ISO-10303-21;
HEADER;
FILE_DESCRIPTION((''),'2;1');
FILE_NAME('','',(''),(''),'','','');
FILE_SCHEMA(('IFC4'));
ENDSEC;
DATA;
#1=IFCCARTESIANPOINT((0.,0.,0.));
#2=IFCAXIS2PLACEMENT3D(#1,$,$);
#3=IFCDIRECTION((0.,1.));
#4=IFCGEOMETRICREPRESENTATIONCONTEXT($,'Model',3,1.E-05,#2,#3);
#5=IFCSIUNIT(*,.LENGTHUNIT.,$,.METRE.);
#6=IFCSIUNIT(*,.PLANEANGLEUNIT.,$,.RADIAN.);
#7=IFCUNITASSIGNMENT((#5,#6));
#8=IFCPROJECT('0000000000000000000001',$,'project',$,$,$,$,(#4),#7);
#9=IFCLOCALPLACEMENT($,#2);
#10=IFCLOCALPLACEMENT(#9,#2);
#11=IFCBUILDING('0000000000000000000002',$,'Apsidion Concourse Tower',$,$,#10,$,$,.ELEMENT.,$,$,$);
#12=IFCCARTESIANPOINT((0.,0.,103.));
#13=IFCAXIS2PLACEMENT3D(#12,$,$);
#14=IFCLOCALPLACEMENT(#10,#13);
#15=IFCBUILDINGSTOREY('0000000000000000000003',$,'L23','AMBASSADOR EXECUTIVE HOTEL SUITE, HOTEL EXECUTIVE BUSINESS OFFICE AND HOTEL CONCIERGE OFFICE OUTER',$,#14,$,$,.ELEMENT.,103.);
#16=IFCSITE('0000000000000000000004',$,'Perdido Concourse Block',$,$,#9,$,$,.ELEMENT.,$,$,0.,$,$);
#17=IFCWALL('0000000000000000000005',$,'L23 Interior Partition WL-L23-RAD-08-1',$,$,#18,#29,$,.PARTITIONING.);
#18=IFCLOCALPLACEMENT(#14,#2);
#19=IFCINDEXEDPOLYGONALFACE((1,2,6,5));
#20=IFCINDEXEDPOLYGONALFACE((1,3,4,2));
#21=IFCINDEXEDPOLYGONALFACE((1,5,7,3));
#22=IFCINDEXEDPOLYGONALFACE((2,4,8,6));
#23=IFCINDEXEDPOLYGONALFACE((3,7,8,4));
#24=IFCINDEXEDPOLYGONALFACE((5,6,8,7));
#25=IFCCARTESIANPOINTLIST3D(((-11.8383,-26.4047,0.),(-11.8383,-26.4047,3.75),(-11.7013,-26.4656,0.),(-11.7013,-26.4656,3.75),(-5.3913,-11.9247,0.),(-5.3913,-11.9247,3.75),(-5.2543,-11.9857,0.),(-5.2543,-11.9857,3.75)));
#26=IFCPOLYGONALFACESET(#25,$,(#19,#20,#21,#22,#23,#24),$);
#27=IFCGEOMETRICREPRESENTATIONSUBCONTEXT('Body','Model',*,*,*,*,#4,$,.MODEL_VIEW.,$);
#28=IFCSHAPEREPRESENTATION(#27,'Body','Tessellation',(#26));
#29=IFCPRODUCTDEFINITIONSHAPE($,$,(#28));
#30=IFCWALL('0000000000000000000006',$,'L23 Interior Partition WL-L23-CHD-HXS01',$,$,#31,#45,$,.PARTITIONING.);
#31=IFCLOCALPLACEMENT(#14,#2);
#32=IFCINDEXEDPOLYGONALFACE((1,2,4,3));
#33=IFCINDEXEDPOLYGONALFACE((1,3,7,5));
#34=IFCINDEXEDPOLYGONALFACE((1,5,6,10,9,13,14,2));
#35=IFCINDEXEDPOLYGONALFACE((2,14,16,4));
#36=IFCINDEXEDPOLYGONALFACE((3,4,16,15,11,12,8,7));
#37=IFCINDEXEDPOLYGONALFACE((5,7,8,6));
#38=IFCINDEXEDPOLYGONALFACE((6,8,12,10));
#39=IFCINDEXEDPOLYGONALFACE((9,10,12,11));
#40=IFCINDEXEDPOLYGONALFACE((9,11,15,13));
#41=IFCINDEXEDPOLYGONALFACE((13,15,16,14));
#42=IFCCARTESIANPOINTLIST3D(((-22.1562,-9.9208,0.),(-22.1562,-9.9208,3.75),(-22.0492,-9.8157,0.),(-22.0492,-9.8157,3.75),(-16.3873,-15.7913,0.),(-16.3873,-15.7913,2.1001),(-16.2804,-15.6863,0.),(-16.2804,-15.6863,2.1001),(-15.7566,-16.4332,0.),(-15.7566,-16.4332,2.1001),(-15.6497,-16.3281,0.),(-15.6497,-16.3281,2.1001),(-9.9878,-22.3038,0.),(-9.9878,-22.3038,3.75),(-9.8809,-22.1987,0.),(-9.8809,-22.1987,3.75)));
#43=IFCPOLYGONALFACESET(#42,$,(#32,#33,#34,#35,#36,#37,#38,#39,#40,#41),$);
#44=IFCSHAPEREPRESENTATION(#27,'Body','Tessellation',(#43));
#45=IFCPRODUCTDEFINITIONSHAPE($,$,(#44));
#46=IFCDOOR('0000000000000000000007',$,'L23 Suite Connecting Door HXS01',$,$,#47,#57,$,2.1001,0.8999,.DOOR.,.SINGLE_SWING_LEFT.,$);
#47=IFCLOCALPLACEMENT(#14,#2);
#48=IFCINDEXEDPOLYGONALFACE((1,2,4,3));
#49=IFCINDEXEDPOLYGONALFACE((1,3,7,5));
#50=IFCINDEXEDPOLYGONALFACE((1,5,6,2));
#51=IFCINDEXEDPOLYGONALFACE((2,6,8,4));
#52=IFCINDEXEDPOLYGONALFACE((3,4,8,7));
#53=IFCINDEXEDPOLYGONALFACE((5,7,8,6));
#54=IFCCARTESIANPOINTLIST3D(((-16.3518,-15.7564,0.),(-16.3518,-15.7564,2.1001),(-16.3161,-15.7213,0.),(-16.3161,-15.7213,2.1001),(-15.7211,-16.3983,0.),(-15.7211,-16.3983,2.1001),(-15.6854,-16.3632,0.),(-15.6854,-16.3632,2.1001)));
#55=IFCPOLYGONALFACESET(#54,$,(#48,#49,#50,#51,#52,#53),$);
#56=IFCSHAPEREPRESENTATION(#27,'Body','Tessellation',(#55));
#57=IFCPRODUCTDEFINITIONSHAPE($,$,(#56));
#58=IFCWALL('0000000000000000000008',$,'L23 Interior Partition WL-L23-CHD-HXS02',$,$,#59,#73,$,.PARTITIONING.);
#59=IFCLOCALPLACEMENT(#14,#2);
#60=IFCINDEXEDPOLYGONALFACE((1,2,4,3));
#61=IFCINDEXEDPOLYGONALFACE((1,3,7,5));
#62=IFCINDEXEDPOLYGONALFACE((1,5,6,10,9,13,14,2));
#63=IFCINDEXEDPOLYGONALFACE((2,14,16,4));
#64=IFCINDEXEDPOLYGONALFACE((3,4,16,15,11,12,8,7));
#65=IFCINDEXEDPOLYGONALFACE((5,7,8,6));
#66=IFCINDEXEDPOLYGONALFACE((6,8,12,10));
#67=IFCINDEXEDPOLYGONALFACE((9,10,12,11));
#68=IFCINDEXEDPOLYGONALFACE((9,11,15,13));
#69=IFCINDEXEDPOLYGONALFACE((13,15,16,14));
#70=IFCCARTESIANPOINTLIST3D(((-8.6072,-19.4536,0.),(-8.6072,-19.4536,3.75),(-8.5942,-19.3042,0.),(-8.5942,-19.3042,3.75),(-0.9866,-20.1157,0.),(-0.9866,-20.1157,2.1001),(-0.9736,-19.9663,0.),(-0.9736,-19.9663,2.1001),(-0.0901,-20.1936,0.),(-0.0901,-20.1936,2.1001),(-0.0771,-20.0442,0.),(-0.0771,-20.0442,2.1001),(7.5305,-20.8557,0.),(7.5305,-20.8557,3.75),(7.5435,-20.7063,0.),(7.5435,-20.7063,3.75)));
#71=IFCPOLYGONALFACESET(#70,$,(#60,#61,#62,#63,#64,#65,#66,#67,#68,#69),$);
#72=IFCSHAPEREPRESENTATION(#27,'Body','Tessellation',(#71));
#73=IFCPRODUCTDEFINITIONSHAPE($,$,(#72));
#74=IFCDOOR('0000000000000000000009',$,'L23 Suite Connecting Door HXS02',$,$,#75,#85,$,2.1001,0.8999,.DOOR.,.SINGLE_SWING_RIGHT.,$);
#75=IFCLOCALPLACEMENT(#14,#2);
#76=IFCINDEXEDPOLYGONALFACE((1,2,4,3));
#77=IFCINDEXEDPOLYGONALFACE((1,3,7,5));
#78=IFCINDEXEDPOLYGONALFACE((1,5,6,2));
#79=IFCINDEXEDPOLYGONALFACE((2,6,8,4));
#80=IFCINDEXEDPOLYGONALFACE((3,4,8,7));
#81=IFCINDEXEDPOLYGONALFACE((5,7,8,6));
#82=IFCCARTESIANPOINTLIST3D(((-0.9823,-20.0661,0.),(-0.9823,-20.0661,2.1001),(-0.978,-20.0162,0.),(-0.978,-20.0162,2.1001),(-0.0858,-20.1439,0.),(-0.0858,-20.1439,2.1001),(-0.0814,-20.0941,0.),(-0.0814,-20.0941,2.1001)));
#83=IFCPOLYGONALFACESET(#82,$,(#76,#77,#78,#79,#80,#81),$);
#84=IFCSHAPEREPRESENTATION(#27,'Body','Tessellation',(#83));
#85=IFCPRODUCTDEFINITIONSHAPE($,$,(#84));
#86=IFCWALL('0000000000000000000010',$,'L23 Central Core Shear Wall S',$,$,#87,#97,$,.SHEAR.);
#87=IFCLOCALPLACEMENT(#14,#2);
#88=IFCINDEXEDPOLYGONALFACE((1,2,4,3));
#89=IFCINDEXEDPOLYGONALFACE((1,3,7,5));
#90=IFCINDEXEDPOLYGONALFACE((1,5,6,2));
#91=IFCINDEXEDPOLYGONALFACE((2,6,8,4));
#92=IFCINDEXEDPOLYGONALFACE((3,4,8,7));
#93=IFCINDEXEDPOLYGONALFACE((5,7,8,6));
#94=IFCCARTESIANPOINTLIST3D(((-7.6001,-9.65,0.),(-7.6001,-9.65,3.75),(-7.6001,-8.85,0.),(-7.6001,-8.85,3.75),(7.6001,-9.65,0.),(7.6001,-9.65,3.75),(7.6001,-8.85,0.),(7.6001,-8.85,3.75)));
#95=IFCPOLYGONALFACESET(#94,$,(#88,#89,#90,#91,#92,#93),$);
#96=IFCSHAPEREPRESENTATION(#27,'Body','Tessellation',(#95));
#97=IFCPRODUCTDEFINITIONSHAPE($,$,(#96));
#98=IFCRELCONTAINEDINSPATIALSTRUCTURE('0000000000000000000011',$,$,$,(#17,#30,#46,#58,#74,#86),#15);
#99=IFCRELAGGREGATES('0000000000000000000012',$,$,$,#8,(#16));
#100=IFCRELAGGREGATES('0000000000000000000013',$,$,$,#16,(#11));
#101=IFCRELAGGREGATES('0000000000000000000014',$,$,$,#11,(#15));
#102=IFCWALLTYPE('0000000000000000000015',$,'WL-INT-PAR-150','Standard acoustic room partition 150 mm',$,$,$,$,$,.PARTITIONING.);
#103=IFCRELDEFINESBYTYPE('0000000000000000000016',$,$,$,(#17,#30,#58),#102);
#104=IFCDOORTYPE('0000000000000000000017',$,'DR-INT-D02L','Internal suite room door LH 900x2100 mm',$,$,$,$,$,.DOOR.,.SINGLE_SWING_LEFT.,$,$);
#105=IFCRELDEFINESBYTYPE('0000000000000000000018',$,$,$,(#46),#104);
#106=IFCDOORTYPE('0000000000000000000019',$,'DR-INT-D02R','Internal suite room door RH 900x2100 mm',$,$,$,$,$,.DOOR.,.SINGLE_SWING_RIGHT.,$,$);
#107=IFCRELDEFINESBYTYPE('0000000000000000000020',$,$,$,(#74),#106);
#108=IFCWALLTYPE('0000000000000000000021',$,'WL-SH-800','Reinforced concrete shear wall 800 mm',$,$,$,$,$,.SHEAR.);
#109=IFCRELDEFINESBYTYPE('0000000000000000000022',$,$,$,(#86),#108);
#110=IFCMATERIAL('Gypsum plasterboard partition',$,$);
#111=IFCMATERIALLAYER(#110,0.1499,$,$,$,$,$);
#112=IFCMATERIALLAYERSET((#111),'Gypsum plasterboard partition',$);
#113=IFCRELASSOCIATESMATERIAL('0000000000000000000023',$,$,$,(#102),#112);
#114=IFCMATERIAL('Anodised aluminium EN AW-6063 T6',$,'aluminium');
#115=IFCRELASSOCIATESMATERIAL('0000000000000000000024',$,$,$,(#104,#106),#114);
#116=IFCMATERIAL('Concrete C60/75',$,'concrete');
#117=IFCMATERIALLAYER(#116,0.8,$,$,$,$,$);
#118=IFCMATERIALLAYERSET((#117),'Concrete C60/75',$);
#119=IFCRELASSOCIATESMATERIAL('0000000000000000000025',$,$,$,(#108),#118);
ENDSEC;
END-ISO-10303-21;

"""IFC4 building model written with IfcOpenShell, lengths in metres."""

from ifc_helpers import new_model, si_unit, direction, frame, frame_2d, origin, place, context, subcontext, project, spatial, rectangle, extrude, material, layer, layer_set, type_object, element, fill, save


model = new_model("IFC4")

# Units and contexts
model_context = context("Model", 3, precision=1e-05, world=origin(), true_north=direction((0.0, 1.0)))
body_context = subcontext(model_context, "Body", "Model", "MODEL_VIEW")
ifc_project = project(units=[si_unit("LENGTHUNIT", "METRE"), si_unit("PLANEANGLEUNIT", "RADIAN")], contexts=[model_context])

# Site, building, storey
site_placement = place(None, origin())
site = spatial("IfcSite", under=ifc_project, at=site_placement, Name="Perdido Concourse Block", CompositionType="ELEMENT", RefElevation=0.0)
building_placement = place(site_placement, origin())
building = spatial("IfcBuilding", under=site, at=building_placement, Name="Apsidion Concourse Tower", CompositionType="ELEMENT")
storey_placement = place(building_placement, frame((0.0, 0.0, 103.0)))
storey = spatial("IfcBuildingStorey", under=building, at=storey_placement, Name="L23", Description="AMBASSADOR EXECUTIVE HOTEL SUITE, HOTEL EXECUTIVE BUSINESS OFFICE AND HOTEL CONCIERGE OFFICE OUTER", CompositionType="ELEMENT", Elevation=103.0)

# Shared definitions
ifc_material_1 = material(Name="Concrete C60/75", Category="concrete")

# Shared definitions
ifc_material_2 = material(Name="Anodised aluminium EN AW-6063 T6", Category="aluminium")

# Shared definitions
ifc_material_3 = material(Name="Gypsum plasterboard partition")
ifc_layer_1 = layer(ifc_material_3, 0.1499)
ifc_layer_set_1 = layer_set([ifc_layer_1], Name="Gypsum plasterboard partition")
wall_type_1 = type_object("IfcWallType", Name="WL-INT-PAR-150", Description="Standard acoustic room partition 150 mm", PredefinedType="PARTITIONING", material=ifc_layer_set_1)

# Wall
wall_1_placement = place(storey_placement, frame((-5.3228, -11.9551, 0.0), z_axis=(0.0, 0.0, 1.0), x_axis=(-0.406743, -0.913543, 0.0)))
element("IfcWall", 1, at=wall_1_placement, inside=storey, type_object=wall_type_1, Name="L23 Interior Partition WL-L23-RAD-08-1", PredefinedType="PARTITIONING", context=body_context, shape_type="SweptSolid", body=[
    extrude(rectangle(XDim=15.8503, YDim=0.1499, at=frame_2d((7.9253, 0.0))), origin(), (0.0, 0.0, 1.0), 3.75),
])

# Walls, openings, doors
wall_2_placement = place(storey_placement, frame((-22.1028, -9.8682, 0.0), z_axis=(0.0, 0.0, 1.0), x_axis=(0.700899, -0.71326, 0.0)))
wall_2 = element("IfcWall", 2, at=wall_2_placement, inside=storey, type_object=wall_type_1, Name="L23 Interior Partition WL-L23-CHD-HXS01", PredefinedType="PARTITIONING", context=body_context, shape_type="SweptSolid", body=[
    extrude(rectangle(XDim=17.3611, YDim=0.1499, at=frame_2d((8.6807, 0.0))), origin(), (0.0, 0.0, 1.0), 3.75),
])
opening_1_placement = place(wall_2_placement, frame((8.2307, 0.0, 0.0)))
opening_1 = element("IfcOpeningElement", 3, at=opening_1_placement, cuts=wall_2, PredefinedType="OPENING", context=body_context, shape_type="SweptSolid", body=[
    extrude(rectangle(XDim=0.8999, YDim=2.1001, at=frame_2d((0.45, 1.05))), frame((0.0, 0.085, 0.0), z_axis=(0.0, -1.0, 0.0), x_axis=(1.0, 0.0, 0.0)), (0.0, 0.0, 1.0), 0.1699),
])
door_type_1 = type_object("IfcDoorType", Name="DR-INT-D02L", Description="Internal suite room door LH 900x2100 mm", OperationType="SINGLE_SWING_LEFT", PredefinedType="DOOR", material=ifc_material_2)
door_1_placement = place(opening_1_placement, origin())
door_1 = element("IfcDoor", 4, at=door_1_placement, inside=storey, type_object=door_type_1, Name="L23 Suite Connecting Door HXS01", OperationType="SINGLE_SWING_LEFT", OverallHeight=2.1001, OverallWidth=0.8999, PredefinedType="DOOR", context=body_context, shape_type="SweptSolid", body=[
    extrude(rectangle(XDim=0.8999, YDim=2.1001, at=frame_2d((0.45, 1.05))), frame((0.0, 0.0249, 0.0), z_axis=(0.0, -1.0, 0.0), x_axis=(1.0, 0.0, 0.0)), (0.0, 0.0, 1.0), 0.05),
])
fill(opening_1, door_1)
wall_3_placement = place(storey_placement, frame((-8.6006, -19.3789, 0.0), z_axis=(0.0, 0.0, 1.0), x_axis=(0.996247, -0.086557, 0.0)))
wall_3 = element("IfcWall", 5, at=wall_3_placement, inside=storey, type_object=wall_type_1, Name="L23 Interior Partition WL-L23-CHD-HXS02", PredefinedType="PARTITIONING", context=body_context, shape_type="SweptSolid", body=[
    extrude(rectangle(XDim=16.1985, YDim=0.1499, at=frame_2d((8.0991, 0.0))), origin(), (0.0, 0.0, 1.0), 3.75),
])
opening_2_placement = place(wall_3_placement, frame((7.6492, 0.0, 0.0)))
opening_2 = element("IfcOpeningElement", 6, at=opening_2_placement, cuts=wall_3, PredefinedType="OPENING", context=body_context, shape_type="SweptSolid", body=[
    extrude(rectangle(XDim=0.8999, YDim=2.1001, at=frame_2d((0.45, 1.05))), frame((0.0, 0.085, 0.0), z_axis=(0.0, -1.0, 0.0), x_axis=(1.0, 0.0, 0.0)), (0.0, 0.0, 1.0), 0.1699),
])
door_type_2 = type_object("IfcDoorType", Name="DR-INT-D02R", Description="Internal suite room door RH 900x2100 mm", OperationType="SINGLE_SWING_RIGHT", PredefinedType="DOOR", material=ifc_material_2)
door_2_placement = place(opening_2_placement, origin())
door_2 = element("IfcDoor", 7, at=door_2_placement, inside=storey, type_object=door_type_2, Name="L23 Suite Connecting Door HXS02", OperationType="SINGLE_SWING_RIGHT", OverallHeight=2.1001, OverallWidth=0.8999, PredefinedType="DOOR", context=body_context, shape_type="SweptSolid", body=[
    extrude(rectangle(XDim=0.8999, YDim=2.1001, at=frame_2d((0.45, 1.05))), frame((0.0, 0.0249, 0.0), z_axis=(0.0, -1.0, 0.0), x_axis=(1.0, 0.0, 0.0)), (0.0, 0.0, 1.0), 0.05),
])
fill(opening_2, door_2)

# Shared definitions
ifc_layer_2 = layer(ifc_material_1, 0.8)
ifc_layer_set_2 = layer_set([ifc_layer_2], Name="Concrete C60/75")
wall_type_2 = type_object("IfcWallType", Name="WL-SH-800", Description="Reinforced concrete shear wall 800 mm", PredefinedType="SHEAR", material=ifc_layer_set_2)

# Wall
wall_4_placement = place(storey_placement, frame((-7.6001, -9.25, 0.0), z_axis=(0.0, 0.0, 1.0), x_axis=(1.0, 0.0, 0.0)))
element("IfcWall", 8, at=wall_4_placement, inside=storey, type_object=wall_type_2, Name="L23 Central Core Shear Wall S", PredefinedType="SHEAR", context=body_context, shape_type="SweptSolid", body=[
    extrude(rectangle(XDim=15.2002, YDim=0.8, at=frame_2d((7.6001, 0.0))), origin(), (0.0, 0.0, 1.0), 3.75),
])

save(model, "model.ifc")
